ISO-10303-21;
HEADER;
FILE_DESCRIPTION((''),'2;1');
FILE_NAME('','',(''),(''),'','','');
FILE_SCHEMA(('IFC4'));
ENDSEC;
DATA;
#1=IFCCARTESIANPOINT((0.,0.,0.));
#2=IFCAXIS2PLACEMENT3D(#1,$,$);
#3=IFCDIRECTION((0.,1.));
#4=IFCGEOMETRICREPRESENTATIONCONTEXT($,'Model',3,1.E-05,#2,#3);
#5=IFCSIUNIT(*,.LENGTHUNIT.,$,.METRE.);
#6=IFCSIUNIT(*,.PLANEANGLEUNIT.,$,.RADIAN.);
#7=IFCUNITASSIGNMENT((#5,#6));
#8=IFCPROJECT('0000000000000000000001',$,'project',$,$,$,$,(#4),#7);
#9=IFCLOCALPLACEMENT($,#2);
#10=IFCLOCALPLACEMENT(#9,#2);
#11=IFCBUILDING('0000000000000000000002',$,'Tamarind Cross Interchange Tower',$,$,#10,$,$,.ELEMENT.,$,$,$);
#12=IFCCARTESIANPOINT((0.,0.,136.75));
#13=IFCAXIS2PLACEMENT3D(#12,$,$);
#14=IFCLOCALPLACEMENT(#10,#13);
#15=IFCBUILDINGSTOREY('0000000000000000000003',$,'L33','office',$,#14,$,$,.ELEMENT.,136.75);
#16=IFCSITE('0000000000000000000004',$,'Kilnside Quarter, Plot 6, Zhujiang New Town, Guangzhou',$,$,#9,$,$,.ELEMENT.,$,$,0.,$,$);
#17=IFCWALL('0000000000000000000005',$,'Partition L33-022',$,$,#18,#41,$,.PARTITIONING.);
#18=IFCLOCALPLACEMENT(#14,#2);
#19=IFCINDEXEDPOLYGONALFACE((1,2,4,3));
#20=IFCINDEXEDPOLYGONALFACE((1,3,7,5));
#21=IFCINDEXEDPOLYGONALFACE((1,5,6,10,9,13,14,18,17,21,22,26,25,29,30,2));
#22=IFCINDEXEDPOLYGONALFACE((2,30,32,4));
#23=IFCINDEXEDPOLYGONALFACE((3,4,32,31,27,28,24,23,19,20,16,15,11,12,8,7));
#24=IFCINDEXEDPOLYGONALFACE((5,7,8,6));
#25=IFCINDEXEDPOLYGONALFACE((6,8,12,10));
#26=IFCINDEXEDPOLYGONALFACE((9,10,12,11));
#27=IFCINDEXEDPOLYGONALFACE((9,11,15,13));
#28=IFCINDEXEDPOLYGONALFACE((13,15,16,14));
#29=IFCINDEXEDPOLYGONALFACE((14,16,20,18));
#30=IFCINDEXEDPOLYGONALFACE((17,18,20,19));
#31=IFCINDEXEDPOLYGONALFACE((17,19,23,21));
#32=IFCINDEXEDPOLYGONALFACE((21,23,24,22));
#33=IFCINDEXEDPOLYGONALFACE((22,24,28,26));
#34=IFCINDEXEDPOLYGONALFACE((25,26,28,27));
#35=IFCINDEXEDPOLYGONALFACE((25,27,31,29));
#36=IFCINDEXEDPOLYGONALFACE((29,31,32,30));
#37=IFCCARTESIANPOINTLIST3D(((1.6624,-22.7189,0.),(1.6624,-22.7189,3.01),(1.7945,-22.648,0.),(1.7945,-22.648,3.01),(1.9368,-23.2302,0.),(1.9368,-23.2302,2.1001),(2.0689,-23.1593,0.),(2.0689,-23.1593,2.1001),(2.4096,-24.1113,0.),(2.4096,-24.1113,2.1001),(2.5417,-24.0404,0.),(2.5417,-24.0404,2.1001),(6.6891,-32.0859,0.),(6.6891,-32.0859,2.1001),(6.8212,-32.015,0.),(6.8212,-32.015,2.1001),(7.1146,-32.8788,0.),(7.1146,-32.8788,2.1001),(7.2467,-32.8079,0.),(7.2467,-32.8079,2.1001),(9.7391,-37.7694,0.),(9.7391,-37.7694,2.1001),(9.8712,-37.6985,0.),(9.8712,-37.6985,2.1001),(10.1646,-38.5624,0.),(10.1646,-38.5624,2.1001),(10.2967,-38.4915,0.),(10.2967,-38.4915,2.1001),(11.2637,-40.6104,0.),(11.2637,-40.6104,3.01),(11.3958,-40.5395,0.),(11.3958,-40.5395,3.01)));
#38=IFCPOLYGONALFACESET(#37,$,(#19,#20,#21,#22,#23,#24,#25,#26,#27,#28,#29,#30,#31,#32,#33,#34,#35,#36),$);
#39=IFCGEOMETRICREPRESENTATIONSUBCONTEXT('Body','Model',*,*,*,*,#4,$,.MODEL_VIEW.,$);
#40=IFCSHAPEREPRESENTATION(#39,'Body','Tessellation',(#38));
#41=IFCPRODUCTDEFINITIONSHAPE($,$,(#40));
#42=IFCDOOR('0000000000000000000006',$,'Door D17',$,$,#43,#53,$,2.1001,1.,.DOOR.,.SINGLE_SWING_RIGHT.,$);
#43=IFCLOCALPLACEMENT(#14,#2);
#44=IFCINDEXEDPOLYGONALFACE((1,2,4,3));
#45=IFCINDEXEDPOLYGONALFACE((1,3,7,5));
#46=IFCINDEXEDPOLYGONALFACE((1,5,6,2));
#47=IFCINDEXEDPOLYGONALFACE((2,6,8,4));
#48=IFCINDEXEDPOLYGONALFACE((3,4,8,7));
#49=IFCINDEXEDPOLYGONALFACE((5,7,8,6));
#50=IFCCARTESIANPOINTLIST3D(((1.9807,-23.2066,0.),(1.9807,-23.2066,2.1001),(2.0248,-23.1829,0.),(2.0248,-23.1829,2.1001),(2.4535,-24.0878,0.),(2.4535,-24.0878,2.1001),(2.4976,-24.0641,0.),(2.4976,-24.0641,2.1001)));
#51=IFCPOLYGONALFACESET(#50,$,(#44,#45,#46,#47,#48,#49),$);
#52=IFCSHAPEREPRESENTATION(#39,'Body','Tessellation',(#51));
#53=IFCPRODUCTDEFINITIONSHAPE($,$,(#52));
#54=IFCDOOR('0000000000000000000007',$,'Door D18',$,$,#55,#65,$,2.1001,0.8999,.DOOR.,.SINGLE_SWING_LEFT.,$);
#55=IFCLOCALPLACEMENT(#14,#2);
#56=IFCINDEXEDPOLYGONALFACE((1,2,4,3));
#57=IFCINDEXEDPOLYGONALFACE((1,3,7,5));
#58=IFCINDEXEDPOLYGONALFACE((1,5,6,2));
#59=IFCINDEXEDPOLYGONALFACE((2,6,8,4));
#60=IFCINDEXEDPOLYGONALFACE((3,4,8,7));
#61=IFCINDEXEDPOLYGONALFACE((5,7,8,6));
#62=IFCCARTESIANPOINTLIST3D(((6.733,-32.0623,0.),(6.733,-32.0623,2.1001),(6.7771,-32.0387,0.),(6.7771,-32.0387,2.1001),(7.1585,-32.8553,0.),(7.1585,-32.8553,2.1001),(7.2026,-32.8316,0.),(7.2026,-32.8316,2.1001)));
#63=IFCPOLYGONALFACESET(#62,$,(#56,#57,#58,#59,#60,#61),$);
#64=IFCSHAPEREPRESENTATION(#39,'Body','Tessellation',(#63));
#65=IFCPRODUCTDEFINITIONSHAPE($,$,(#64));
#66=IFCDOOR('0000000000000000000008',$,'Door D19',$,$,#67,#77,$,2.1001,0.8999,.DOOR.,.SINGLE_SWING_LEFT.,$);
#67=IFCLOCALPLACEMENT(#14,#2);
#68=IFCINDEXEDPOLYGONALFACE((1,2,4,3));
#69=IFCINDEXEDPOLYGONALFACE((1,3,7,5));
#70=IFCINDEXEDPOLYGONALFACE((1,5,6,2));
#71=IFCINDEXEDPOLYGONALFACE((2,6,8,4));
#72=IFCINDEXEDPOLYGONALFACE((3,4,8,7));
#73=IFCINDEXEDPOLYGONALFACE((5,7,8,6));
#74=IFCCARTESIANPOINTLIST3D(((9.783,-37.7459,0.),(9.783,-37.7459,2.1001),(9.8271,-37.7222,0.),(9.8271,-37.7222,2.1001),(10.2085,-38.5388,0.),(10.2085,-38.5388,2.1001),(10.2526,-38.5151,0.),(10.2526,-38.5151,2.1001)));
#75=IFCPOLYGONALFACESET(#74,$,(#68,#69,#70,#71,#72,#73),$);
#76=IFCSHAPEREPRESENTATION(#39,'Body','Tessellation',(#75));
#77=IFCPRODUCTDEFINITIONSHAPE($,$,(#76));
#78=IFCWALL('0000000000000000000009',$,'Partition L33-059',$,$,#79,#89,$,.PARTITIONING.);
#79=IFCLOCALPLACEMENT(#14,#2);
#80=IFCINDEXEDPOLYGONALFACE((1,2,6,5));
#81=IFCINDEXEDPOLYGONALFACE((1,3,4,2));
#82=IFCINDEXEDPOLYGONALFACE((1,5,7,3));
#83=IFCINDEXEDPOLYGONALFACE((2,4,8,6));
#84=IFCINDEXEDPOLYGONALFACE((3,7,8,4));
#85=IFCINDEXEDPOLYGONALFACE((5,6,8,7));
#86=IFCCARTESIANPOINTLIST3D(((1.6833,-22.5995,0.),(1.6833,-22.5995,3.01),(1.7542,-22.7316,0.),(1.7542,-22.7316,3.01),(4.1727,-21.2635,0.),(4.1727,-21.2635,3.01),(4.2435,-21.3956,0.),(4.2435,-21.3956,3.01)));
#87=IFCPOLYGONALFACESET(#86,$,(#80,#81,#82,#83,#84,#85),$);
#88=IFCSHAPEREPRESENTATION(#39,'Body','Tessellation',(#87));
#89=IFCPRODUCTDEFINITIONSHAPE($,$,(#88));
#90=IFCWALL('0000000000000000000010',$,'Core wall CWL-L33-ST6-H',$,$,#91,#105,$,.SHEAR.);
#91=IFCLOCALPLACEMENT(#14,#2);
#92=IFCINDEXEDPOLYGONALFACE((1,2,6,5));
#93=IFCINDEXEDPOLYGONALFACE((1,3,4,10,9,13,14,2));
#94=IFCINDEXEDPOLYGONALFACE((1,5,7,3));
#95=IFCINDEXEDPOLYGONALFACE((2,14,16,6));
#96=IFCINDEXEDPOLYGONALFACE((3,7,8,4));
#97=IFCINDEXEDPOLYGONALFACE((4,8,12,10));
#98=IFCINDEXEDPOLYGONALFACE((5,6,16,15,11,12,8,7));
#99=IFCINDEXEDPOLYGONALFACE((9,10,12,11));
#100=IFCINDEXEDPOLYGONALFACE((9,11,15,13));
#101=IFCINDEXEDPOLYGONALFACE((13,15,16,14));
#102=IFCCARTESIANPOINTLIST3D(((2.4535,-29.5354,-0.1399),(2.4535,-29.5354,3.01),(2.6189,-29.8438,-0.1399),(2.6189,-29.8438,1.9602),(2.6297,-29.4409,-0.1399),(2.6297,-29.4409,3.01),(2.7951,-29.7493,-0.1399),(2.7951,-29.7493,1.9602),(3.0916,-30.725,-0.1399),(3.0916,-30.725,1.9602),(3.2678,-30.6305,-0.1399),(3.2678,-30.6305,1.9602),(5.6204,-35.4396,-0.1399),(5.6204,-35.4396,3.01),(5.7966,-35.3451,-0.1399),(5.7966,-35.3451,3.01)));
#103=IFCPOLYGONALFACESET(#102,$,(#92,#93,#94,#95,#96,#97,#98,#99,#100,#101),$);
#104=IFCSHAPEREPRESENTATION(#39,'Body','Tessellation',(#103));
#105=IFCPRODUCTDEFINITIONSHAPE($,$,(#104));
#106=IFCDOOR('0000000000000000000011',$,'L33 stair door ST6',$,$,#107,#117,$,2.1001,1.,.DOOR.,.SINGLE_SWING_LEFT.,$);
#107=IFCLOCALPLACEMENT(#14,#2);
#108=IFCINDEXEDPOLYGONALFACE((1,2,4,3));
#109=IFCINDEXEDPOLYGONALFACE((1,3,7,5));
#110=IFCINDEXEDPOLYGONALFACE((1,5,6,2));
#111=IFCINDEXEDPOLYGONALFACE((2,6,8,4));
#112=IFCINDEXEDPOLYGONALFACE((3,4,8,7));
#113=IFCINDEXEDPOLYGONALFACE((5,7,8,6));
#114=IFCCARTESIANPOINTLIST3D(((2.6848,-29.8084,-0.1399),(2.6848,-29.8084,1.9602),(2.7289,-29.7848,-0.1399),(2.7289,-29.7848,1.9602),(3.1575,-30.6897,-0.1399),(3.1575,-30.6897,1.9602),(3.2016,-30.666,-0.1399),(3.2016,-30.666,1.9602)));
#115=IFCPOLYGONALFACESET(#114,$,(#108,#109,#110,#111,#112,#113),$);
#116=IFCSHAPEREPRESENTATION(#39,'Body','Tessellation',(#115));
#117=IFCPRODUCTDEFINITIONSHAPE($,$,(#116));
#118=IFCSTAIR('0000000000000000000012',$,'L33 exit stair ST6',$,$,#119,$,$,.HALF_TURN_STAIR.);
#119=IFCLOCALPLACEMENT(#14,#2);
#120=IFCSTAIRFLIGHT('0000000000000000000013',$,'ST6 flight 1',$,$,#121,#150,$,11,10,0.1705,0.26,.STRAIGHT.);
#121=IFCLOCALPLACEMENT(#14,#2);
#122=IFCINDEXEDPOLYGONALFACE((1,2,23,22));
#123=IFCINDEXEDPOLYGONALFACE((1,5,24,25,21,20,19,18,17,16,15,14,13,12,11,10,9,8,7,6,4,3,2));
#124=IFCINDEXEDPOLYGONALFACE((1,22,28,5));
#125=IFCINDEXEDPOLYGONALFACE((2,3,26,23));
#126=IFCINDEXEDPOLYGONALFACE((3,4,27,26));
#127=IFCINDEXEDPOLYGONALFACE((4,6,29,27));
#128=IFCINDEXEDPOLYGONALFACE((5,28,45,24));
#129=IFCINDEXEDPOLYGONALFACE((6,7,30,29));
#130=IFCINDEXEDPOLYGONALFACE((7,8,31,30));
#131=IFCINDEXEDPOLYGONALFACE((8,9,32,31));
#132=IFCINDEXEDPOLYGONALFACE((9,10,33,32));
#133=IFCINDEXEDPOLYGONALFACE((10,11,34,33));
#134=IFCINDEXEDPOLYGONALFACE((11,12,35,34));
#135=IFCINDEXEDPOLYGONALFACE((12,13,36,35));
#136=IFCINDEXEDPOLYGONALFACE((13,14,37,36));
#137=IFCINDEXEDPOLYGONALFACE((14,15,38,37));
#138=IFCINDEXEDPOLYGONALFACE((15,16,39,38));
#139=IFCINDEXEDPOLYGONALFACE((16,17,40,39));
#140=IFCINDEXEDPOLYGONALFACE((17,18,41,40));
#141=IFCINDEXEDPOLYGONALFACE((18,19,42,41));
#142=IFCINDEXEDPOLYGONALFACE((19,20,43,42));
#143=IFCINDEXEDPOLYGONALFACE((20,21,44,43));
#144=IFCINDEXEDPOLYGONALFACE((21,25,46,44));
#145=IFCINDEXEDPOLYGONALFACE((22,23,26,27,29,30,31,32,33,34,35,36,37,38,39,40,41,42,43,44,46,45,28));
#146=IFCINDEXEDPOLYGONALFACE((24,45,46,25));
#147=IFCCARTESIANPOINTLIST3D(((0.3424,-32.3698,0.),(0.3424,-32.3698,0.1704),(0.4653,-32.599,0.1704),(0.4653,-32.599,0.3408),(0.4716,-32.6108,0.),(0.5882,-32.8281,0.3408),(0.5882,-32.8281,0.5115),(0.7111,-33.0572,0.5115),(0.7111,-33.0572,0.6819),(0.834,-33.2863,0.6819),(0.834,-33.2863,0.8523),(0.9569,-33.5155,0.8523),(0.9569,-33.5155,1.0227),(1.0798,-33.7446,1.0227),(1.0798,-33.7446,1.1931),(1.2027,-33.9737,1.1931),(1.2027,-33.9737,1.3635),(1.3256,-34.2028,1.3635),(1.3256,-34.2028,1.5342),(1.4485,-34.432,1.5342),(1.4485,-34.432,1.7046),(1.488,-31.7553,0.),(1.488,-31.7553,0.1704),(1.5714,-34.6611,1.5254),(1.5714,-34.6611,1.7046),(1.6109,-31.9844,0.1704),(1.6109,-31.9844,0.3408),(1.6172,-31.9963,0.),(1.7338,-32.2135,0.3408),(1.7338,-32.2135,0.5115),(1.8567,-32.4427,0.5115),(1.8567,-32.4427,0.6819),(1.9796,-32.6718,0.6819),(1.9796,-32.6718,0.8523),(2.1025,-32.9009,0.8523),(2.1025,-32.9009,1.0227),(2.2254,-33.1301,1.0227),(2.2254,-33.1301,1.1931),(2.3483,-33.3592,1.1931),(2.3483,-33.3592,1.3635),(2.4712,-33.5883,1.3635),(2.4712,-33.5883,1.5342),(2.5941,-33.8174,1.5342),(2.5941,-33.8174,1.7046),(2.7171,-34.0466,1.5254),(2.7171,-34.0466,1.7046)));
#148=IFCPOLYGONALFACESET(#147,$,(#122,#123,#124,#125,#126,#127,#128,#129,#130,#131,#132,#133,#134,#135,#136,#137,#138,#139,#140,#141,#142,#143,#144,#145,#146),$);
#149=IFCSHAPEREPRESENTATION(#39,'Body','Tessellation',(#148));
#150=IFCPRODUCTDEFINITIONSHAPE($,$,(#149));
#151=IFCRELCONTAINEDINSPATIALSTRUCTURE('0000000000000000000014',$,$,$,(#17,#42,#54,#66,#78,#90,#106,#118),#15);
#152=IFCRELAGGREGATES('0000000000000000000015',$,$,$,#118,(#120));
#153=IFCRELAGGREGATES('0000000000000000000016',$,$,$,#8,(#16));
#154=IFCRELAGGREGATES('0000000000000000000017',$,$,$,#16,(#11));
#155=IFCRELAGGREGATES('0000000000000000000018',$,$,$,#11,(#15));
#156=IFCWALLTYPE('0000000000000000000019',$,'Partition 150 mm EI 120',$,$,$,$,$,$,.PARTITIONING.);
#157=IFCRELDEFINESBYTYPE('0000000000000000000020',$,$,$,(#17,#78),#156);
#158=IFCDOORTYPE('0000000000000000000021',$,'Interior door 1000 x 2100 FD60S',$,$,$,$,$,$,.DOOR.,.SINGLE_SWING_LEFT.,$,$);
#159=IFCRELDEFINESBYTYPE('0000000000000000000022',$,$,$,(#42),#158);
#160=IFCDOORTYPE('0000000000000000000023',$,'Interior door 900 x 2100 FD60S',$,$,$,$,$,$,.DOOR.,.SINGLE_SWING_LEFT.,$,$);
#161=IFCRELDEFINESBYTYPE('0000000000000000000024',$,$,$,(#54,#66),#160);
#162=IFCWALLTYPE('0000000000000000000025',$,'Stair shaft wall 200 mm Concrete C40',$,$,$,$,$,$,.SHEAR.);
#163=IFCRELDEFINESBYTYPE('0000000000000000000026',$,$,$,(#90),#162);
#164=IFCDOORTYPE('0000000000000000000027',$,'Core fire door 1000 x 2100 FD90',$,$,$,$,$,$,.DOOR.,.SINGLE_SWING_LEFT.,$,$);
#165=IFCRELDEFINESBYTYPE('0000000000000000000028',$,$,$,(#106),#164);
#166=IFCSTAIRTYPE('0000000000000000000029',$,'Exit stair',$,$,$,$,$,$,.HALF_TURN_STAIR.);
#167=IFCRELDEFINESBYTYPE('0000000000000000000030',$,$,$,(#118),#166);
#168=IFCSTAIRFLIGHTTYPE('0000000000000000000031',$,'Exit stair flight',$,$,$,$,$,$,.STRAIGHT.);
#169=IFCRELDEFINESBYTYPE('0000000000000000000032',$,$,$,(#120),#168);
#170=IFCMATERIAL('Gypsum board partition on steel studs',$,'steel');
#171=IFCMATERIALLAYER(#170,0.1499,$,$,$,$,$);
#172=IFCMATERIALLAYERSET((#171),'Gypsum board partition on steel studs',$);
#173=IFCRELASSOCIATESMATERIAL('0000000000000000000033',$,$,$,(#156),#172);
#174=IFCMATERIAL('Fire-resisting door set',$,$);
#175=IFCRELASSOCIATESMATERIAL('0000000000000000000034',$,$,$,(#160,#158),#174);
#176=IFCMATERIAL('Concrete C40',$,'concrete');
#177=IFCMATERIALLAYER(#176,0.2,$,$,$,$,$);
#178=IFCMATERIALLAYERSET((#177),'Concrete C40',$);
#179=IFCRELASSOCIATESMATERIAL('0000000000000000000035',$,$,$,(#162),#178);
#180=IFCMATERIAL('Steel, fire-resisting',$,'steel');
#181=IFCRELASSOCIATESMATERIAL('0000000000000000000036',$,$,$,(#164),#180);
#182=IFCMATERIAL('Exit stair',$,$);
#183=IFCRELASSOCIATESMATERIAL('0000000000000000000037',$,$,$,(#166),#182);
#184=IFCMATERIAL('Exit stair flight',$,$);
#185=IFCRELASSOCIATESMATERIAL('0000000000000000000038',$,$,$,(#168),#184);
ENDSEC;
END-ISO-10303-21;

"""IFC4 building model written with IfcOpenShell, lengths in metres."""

from ifc_helpers import new_model, si_unit, direction, frame, frame_2d, origin, place, context, subcontext, project, spatial, polyline, rectangle, outline, extrude, material, layer, layer_set, type_object, element, fill, aggregate, save


model = new_model("IFC4")

# Units and contexts
model_context = context("Model", 3, precision=1e-05, world=origin(), true_north=direction((0.0, 1.0)))
body_context = subcontext(model_context, "Body", "Model", "MODEL_VIEW")
ifc_project = project(units=[si_unit("LENGTHUNIT", "METRE"), si_unit("PLANEANGLEUNIT", "RADIAN")], contexts=[model_context])

# Site, building, storey
site_placement = place(None, origin())
site = spatial("IfcSite", under=ifc_project, at=site_placement, Name="Kilnside Quarter, Plot 6, Zhujiang New Town, Guangzhou", CompositionType="ELEMENT", RefElevation=0.0)
building_placement = place(site_placement, origin())
building = spatial("IfcBuilding", under=site, at=building_placement, Name="Tamarind Cross Interchange Tower", CompositionType="ELEMENT")
storey_placement = place(building_placement, frame((0.0, 0.0, 136.75)))
storey = spatial("IfcBuildingStorey", under=building, at=storey_placement, Name="L33", Description="office", CompositionType="ELEMENT", Elevation=136.75)

# Shared definitions
ifc_material_1 = material(Name="Gypsum board partition on steel studs", Category="steel")
ifc_layer_1 = layer(ifc_material_1, 0.1499)
ifc_layer_set_1 = layer_set([ifc_layer_1], Name="Gypsum board partition on steel studs")
wall_type_1 = type_object("IfcWallType", Name="Partition 150 mm EI 120", PredefinedType="PARTITIONING", material=ifc_layer_set_1)
ifc_material_2 = material(Name="Fire-resisting door set")
door_type_1 = type_object("IfcDoorType", Name="Interior door 900 x 2100 FD60S", OperationType="SINGLE_SWING_LEFT", PredefinedType="DOOR", material=ifc_material_2)

# Wall, openings, doors
wall_1_placement = place(storey_placement, frame((1.7285, -22.6836, 0.0), z_axis=(0.0, 0.0, 1.0), x_axis=(0.472854, -0.881141, 0.0)))
wall_1 = element("IfcWall", 1, at=wall_1_placement, inside=storey, type_object=wall_type_1, Name="Partition L33-022", PredefinedType="PARTITIONING", context=body_context, shape_type="SweptSolid", body=[
    extrude(rectangle(XDim=20.3049, YDim=0.1499, at=frame_2d((10.1523, 0.0))), origin(), (0.0, 0.0, 1.0), 3.01),
])
opening_1_placement = place(wall_1_placement, frame((0.5801, 0.0, 0.0)))
opening_1 = element("IfcOpeningElement", 2, at=opening_1_placement, cuts=wall_1, PredefinedType="OPENING", context=body_context, shape_type="SweptSolid", body=[
    extrude(rectangle(XDim=1.0, YDim=2.1001, at=frame_2d((0.5, 1.05))), frame((0.0, 0.085, 0.0), z_axis=(0.0, -1.0, 0.0), x_axis=(1.0, 0.0, 0.0)), (0.0, 0.0, 1.0), 0.1699),
])
opening_2_placement = place(wall_1_placement, frame((10.6304, 0.0, 0.0)))
opening_2 = element("IfcOpeningElement", 3, at=opening_2_placement, cuts=wall_1, PredefinedType="OPENING", context=body_context, shape_type="SweptSolid", body=[
    extrude(rectangle(XDim=0.8999, YDim=2.1001, at=frame_2d((0.45, 1.05))), frame((0.0, 0.085, 0.0), z_axis=(0.0, -1.0, 0.0), x_axis=(1.0, 0.0, 0.0)), (0.0, 0.0, 1.0), 0.1699),
])
opening_3_placement = place(wall_1_placement, frame((17.0806, 0.0, 0.0)))
opening_3 = element("IfcOpeningElement", 4, at=opening_3_placement, cuts=wall_1, PredefinedType="OPENING", context=body_context, shape_type="SweptSolid", body=[
    extrude(rectangle(XDim=0.8999, YDim=2.1001, at=frame_2d((0.45, 1.05))), frame((0.0, 0.085, 0.0), z_axis=(0.0, -1.0, 0.0), x_axis=(1.0, 0.0, 0.0)), (0.0, 0.0, 1.0), 0.1699),
])
door_type_2 = type_object("IfcDoorType", Name="Interior door 1000 x 2100 FD60S", OperationType="SINGLE_SWING_LEFT", PredefinedType="DOOR", material=ifc_material_2)
door_1_placement = place(opening_1_placement, origin())
door_1 = element("IfcDoor", 5, at=door_1_placement, inside=storey, type_object=door_type_2, Name="Door D17", OperationType="SINGLE_SWING_RIGHT", OverallHeight=2.1001, OverallWidth=1.0, PredefinedType="DOOR", context=body_context, shape_type="SweptSolid", body=[
    extrude(rectangle(XDim=1.0, YDim=2.1001, at=frame_2d((0.5, 1.05))), frame((0.0, 0.0249, 0.0), z_axis=(0.0, -1.0, 0.0), x_axis=(1.0, 0.0, 0.0)), (0.0, 0.0, 1.0), 0.05),
])
fill(opening_1, door_1)
door_2_placement = place(opening_2_placement, origin())
door_2 = element("IfcDoor", 6, at=door_2_placement, inside=storey, type_object=door_type_1, Name="Door D18", OperationType="SINGLE_SWING_LEFT", OverallHeight=2.1001, OverallWidth=0.8999, PredefinedType="DOOR", context=body_context, shape_type="SweptSolid", body=[
    extrude(rectangle(XDim=0.8999, YDim=2.1001, at=frame_2d((0.45, 1.05))), frame((0.0, 0.0249, 0.0), z_axis=(0.0, -1.0, 0.0), x_axis=(1.0, 0.0, 0.0)), (0.0, 0.0, 1.0), 0.05),
])
fill(opening_2, door_2)
door_3_placement = place(opening_3_placement, origin())
door_3 = element("IfcDoor", 7, at=door_3_placement, inside=storey, type_object=door_type_1, Name="Door D19", OperationType="SINGLE_SWING_LEFT", OverallHeight=2.1001, OverallWidth=0.8999, PredefinedType="DOOR", context=body_context, shape_type="SweptSolid", body=[
    extrude(rectangle(XDim=0.8999, YDim=2.1001, at=frame_2d((0.45, 1.05))), frame((0.0, 0.0249, 0.0), z_axis=(0.0, -1.0, 0.0), x_axis=(1.0, 0.0, 0.0)), (0.0, 0.0, 1.0), 0.05),
])
fill(opening_3, door_3)

# Wall
wall_2_placement = place(storey_placement, frame((1.7188, -22.6655, 0.0), z_axis=(0.0, 0.0, 1.0), x_axis=(0.881125, 0.472883, 0.0)))
element("IfcWall", 8, at=wall_2_placement, inside=storey, type_object=wall_type_1, Name="Partition L33-059", PredefinedType="PARTITIONING", context=body_context, shape_type="SweptSolid", body=[
    extrude(rectangle(XDim=2.8252, YDim=0.1499, at=frame_2d((1.4126, 0.0))), origin(), (0.0, 0.0, 1.0), 3.01),
])

# Wall, opening, door
ifc_material_3 = material(Name="Concrete C40", Category="concrete")
ifc_layer_2 = layer(ifc_material_3, 0.2)
ifc_layer_set_2 = layer_set([ifc_layer_2], Name="Concrete C40")
wall_type_2 = type_object("IfcWallType", Name="Stair shaft wall 200 mm Concrete C40", PredefinedType="SHEAR", material=ifc_layer_set_2)
wall_3_placement = place(storey_placement, frame((2.5415, -29.488, -0.1399), z_axis=(0.0, 0.0, 1.0), x_axis=(0.472682, -0.881233, 0.0)))
wall_3 = element("IfcWall", 9, at=wall_3_placement, inside=storey, type_object=wall_type_2, Name="Core wall CWL-L33-ST6-H", PredefinedType="SHEAR", context=body_context, shape_type="SweptSolid", body=[
    extrude(rectangle(XDim=6.7, YDim=0.2, at=frame_2d((3.3501, 0.0))), origin(), (0.0, 0.0, 1.0), 3.1499),
])
opening_4_placement = place(wall_3_placement, frame((0.3501, 0.0, 0.0)))
opening_4 = element("IfcOpeningElement", 10, at=opening_4_placement, cuts=wall_3, PredefinedType="OPENING", context=body_context, shape_type="SweptSolid", body=[
    extrude(rectangle(XDim=1.0, YDim=2.1001, at=frame_2d((0.5, 1.05))), frame((0.0, 0.1099, 0.0), z_axis=(0.0, -1.0, 0.0), x_axis=(1.0, 0.0, 0.0)), (0.0, 0.0, 1.0), 0.22),
])
ifc_material_4 = material(Name="Steel, fire-resisting", Category="steel")
door_type_3 = type_object("IfcDoorType", Name="Core fire door 1000 x 2100 FD90", OperationType="SINGLE_SWING_LEFT", PredefinedType="DOOR", material=ifc_material_4)
door_4_placement = place(opening_4_placement, origin())
door_4 = element("IfcDoor", 11, at=door_4_placement, inside=storey, type_object=door_type_3, Name="L33 stair door ST6", OperationType="SINGLE_SWING_LEFT", OverallHeight=2.1001, OverallWidth=1.0, PredefinedType="DOOR", context=body_context, shape_type="SweptSolid", body=[
    extrude(rectangle(XDim=1.0, YDim=2.1001, at=frame_2d((0.5, 1.05))), frame((0.0, 0.0249, 0.0), z_axis=(0.0, -1.0, 0.0), x_axis=(1.0, 0.0, 0.0)), (0.0, 0.0, 1.0), 0.05),
])
fill(opening_4, door_4)

# Stair, stair flight
ifc_material_5 = material(Name="Exit stair")
stair_type = type_object("IfcStairType", Name="Exit stair", PredefinedType="HALF_TURN_STAIR", material=ifc_material_5)
stair_placement = place(storey_placement, origin())
stair = element("IfcStair", 12, at=stair_placement, inside=storey, type_object=stair_type, Name="L33 exit stair ST6", PredefinedType="HALF_TURN_STAIR")
ifc_material_6 = material(Name="Exit stair flight")
stair_flight_type = type_object("IfcStairFlightType", Name="Exit stair flight", PredefinedType="STRAIGHT", material=ifc_material_6)
stair_flight_placement = place(storey_placement, frame((0.9153, -32.0625, 0.0), z_axis=(0.0, 0.0, 1.0), x_axis=(0.472698, -0.881224, 0.0)))
stair_flight = element("IfcStairFlight", 13, at=stair_flight_placement, type_object=stair_flight_type, Name="ST6 flight 1", NumberOfRisers=11, NumberOfTreads=10, PredefinedType="STRAIGHT", RiserHeight=0.1705, TreadLength=0.26, context=body_context, shape_type="SweptSolid", body=[
    extrude(outline(polyline([(0.0, 0.0), (0.0, 0.1704), (0.26, 0.1704), (0.26, 0.3408), (0.52, 0.3408), (0.52, 0.5115), (0.78, 0.5115), (0.78, 0.6819), (1.04, 0.6819), (1.04, 0.8523), (1.3, 0.8523), (1.3, 1.0227), (1.5601, 1.0227), (1.5601, 1.1931), (1.8201, 1.1931), (1.8201, 1.3635), (2.0801, 1.3635), (2.0801, 1.5342), (2.3401, 1.5342), (2.3401, 1.7046), (2.6001, 1.7046), (2.6001, 1.875), (2.6001, 1.5254), (0.2734, 0.0), (0.0, 0.0)])), frame((0.0, 0.6499, 0.0), z_axis=(0.0, -1.0, 0.0), x_axis=(1.0, 0.0, 0.0)), (0.0, 0.0, 1.0), 1.3),
])
aggregate(stair, [stair_flight])

save(model, "model.ifc")
